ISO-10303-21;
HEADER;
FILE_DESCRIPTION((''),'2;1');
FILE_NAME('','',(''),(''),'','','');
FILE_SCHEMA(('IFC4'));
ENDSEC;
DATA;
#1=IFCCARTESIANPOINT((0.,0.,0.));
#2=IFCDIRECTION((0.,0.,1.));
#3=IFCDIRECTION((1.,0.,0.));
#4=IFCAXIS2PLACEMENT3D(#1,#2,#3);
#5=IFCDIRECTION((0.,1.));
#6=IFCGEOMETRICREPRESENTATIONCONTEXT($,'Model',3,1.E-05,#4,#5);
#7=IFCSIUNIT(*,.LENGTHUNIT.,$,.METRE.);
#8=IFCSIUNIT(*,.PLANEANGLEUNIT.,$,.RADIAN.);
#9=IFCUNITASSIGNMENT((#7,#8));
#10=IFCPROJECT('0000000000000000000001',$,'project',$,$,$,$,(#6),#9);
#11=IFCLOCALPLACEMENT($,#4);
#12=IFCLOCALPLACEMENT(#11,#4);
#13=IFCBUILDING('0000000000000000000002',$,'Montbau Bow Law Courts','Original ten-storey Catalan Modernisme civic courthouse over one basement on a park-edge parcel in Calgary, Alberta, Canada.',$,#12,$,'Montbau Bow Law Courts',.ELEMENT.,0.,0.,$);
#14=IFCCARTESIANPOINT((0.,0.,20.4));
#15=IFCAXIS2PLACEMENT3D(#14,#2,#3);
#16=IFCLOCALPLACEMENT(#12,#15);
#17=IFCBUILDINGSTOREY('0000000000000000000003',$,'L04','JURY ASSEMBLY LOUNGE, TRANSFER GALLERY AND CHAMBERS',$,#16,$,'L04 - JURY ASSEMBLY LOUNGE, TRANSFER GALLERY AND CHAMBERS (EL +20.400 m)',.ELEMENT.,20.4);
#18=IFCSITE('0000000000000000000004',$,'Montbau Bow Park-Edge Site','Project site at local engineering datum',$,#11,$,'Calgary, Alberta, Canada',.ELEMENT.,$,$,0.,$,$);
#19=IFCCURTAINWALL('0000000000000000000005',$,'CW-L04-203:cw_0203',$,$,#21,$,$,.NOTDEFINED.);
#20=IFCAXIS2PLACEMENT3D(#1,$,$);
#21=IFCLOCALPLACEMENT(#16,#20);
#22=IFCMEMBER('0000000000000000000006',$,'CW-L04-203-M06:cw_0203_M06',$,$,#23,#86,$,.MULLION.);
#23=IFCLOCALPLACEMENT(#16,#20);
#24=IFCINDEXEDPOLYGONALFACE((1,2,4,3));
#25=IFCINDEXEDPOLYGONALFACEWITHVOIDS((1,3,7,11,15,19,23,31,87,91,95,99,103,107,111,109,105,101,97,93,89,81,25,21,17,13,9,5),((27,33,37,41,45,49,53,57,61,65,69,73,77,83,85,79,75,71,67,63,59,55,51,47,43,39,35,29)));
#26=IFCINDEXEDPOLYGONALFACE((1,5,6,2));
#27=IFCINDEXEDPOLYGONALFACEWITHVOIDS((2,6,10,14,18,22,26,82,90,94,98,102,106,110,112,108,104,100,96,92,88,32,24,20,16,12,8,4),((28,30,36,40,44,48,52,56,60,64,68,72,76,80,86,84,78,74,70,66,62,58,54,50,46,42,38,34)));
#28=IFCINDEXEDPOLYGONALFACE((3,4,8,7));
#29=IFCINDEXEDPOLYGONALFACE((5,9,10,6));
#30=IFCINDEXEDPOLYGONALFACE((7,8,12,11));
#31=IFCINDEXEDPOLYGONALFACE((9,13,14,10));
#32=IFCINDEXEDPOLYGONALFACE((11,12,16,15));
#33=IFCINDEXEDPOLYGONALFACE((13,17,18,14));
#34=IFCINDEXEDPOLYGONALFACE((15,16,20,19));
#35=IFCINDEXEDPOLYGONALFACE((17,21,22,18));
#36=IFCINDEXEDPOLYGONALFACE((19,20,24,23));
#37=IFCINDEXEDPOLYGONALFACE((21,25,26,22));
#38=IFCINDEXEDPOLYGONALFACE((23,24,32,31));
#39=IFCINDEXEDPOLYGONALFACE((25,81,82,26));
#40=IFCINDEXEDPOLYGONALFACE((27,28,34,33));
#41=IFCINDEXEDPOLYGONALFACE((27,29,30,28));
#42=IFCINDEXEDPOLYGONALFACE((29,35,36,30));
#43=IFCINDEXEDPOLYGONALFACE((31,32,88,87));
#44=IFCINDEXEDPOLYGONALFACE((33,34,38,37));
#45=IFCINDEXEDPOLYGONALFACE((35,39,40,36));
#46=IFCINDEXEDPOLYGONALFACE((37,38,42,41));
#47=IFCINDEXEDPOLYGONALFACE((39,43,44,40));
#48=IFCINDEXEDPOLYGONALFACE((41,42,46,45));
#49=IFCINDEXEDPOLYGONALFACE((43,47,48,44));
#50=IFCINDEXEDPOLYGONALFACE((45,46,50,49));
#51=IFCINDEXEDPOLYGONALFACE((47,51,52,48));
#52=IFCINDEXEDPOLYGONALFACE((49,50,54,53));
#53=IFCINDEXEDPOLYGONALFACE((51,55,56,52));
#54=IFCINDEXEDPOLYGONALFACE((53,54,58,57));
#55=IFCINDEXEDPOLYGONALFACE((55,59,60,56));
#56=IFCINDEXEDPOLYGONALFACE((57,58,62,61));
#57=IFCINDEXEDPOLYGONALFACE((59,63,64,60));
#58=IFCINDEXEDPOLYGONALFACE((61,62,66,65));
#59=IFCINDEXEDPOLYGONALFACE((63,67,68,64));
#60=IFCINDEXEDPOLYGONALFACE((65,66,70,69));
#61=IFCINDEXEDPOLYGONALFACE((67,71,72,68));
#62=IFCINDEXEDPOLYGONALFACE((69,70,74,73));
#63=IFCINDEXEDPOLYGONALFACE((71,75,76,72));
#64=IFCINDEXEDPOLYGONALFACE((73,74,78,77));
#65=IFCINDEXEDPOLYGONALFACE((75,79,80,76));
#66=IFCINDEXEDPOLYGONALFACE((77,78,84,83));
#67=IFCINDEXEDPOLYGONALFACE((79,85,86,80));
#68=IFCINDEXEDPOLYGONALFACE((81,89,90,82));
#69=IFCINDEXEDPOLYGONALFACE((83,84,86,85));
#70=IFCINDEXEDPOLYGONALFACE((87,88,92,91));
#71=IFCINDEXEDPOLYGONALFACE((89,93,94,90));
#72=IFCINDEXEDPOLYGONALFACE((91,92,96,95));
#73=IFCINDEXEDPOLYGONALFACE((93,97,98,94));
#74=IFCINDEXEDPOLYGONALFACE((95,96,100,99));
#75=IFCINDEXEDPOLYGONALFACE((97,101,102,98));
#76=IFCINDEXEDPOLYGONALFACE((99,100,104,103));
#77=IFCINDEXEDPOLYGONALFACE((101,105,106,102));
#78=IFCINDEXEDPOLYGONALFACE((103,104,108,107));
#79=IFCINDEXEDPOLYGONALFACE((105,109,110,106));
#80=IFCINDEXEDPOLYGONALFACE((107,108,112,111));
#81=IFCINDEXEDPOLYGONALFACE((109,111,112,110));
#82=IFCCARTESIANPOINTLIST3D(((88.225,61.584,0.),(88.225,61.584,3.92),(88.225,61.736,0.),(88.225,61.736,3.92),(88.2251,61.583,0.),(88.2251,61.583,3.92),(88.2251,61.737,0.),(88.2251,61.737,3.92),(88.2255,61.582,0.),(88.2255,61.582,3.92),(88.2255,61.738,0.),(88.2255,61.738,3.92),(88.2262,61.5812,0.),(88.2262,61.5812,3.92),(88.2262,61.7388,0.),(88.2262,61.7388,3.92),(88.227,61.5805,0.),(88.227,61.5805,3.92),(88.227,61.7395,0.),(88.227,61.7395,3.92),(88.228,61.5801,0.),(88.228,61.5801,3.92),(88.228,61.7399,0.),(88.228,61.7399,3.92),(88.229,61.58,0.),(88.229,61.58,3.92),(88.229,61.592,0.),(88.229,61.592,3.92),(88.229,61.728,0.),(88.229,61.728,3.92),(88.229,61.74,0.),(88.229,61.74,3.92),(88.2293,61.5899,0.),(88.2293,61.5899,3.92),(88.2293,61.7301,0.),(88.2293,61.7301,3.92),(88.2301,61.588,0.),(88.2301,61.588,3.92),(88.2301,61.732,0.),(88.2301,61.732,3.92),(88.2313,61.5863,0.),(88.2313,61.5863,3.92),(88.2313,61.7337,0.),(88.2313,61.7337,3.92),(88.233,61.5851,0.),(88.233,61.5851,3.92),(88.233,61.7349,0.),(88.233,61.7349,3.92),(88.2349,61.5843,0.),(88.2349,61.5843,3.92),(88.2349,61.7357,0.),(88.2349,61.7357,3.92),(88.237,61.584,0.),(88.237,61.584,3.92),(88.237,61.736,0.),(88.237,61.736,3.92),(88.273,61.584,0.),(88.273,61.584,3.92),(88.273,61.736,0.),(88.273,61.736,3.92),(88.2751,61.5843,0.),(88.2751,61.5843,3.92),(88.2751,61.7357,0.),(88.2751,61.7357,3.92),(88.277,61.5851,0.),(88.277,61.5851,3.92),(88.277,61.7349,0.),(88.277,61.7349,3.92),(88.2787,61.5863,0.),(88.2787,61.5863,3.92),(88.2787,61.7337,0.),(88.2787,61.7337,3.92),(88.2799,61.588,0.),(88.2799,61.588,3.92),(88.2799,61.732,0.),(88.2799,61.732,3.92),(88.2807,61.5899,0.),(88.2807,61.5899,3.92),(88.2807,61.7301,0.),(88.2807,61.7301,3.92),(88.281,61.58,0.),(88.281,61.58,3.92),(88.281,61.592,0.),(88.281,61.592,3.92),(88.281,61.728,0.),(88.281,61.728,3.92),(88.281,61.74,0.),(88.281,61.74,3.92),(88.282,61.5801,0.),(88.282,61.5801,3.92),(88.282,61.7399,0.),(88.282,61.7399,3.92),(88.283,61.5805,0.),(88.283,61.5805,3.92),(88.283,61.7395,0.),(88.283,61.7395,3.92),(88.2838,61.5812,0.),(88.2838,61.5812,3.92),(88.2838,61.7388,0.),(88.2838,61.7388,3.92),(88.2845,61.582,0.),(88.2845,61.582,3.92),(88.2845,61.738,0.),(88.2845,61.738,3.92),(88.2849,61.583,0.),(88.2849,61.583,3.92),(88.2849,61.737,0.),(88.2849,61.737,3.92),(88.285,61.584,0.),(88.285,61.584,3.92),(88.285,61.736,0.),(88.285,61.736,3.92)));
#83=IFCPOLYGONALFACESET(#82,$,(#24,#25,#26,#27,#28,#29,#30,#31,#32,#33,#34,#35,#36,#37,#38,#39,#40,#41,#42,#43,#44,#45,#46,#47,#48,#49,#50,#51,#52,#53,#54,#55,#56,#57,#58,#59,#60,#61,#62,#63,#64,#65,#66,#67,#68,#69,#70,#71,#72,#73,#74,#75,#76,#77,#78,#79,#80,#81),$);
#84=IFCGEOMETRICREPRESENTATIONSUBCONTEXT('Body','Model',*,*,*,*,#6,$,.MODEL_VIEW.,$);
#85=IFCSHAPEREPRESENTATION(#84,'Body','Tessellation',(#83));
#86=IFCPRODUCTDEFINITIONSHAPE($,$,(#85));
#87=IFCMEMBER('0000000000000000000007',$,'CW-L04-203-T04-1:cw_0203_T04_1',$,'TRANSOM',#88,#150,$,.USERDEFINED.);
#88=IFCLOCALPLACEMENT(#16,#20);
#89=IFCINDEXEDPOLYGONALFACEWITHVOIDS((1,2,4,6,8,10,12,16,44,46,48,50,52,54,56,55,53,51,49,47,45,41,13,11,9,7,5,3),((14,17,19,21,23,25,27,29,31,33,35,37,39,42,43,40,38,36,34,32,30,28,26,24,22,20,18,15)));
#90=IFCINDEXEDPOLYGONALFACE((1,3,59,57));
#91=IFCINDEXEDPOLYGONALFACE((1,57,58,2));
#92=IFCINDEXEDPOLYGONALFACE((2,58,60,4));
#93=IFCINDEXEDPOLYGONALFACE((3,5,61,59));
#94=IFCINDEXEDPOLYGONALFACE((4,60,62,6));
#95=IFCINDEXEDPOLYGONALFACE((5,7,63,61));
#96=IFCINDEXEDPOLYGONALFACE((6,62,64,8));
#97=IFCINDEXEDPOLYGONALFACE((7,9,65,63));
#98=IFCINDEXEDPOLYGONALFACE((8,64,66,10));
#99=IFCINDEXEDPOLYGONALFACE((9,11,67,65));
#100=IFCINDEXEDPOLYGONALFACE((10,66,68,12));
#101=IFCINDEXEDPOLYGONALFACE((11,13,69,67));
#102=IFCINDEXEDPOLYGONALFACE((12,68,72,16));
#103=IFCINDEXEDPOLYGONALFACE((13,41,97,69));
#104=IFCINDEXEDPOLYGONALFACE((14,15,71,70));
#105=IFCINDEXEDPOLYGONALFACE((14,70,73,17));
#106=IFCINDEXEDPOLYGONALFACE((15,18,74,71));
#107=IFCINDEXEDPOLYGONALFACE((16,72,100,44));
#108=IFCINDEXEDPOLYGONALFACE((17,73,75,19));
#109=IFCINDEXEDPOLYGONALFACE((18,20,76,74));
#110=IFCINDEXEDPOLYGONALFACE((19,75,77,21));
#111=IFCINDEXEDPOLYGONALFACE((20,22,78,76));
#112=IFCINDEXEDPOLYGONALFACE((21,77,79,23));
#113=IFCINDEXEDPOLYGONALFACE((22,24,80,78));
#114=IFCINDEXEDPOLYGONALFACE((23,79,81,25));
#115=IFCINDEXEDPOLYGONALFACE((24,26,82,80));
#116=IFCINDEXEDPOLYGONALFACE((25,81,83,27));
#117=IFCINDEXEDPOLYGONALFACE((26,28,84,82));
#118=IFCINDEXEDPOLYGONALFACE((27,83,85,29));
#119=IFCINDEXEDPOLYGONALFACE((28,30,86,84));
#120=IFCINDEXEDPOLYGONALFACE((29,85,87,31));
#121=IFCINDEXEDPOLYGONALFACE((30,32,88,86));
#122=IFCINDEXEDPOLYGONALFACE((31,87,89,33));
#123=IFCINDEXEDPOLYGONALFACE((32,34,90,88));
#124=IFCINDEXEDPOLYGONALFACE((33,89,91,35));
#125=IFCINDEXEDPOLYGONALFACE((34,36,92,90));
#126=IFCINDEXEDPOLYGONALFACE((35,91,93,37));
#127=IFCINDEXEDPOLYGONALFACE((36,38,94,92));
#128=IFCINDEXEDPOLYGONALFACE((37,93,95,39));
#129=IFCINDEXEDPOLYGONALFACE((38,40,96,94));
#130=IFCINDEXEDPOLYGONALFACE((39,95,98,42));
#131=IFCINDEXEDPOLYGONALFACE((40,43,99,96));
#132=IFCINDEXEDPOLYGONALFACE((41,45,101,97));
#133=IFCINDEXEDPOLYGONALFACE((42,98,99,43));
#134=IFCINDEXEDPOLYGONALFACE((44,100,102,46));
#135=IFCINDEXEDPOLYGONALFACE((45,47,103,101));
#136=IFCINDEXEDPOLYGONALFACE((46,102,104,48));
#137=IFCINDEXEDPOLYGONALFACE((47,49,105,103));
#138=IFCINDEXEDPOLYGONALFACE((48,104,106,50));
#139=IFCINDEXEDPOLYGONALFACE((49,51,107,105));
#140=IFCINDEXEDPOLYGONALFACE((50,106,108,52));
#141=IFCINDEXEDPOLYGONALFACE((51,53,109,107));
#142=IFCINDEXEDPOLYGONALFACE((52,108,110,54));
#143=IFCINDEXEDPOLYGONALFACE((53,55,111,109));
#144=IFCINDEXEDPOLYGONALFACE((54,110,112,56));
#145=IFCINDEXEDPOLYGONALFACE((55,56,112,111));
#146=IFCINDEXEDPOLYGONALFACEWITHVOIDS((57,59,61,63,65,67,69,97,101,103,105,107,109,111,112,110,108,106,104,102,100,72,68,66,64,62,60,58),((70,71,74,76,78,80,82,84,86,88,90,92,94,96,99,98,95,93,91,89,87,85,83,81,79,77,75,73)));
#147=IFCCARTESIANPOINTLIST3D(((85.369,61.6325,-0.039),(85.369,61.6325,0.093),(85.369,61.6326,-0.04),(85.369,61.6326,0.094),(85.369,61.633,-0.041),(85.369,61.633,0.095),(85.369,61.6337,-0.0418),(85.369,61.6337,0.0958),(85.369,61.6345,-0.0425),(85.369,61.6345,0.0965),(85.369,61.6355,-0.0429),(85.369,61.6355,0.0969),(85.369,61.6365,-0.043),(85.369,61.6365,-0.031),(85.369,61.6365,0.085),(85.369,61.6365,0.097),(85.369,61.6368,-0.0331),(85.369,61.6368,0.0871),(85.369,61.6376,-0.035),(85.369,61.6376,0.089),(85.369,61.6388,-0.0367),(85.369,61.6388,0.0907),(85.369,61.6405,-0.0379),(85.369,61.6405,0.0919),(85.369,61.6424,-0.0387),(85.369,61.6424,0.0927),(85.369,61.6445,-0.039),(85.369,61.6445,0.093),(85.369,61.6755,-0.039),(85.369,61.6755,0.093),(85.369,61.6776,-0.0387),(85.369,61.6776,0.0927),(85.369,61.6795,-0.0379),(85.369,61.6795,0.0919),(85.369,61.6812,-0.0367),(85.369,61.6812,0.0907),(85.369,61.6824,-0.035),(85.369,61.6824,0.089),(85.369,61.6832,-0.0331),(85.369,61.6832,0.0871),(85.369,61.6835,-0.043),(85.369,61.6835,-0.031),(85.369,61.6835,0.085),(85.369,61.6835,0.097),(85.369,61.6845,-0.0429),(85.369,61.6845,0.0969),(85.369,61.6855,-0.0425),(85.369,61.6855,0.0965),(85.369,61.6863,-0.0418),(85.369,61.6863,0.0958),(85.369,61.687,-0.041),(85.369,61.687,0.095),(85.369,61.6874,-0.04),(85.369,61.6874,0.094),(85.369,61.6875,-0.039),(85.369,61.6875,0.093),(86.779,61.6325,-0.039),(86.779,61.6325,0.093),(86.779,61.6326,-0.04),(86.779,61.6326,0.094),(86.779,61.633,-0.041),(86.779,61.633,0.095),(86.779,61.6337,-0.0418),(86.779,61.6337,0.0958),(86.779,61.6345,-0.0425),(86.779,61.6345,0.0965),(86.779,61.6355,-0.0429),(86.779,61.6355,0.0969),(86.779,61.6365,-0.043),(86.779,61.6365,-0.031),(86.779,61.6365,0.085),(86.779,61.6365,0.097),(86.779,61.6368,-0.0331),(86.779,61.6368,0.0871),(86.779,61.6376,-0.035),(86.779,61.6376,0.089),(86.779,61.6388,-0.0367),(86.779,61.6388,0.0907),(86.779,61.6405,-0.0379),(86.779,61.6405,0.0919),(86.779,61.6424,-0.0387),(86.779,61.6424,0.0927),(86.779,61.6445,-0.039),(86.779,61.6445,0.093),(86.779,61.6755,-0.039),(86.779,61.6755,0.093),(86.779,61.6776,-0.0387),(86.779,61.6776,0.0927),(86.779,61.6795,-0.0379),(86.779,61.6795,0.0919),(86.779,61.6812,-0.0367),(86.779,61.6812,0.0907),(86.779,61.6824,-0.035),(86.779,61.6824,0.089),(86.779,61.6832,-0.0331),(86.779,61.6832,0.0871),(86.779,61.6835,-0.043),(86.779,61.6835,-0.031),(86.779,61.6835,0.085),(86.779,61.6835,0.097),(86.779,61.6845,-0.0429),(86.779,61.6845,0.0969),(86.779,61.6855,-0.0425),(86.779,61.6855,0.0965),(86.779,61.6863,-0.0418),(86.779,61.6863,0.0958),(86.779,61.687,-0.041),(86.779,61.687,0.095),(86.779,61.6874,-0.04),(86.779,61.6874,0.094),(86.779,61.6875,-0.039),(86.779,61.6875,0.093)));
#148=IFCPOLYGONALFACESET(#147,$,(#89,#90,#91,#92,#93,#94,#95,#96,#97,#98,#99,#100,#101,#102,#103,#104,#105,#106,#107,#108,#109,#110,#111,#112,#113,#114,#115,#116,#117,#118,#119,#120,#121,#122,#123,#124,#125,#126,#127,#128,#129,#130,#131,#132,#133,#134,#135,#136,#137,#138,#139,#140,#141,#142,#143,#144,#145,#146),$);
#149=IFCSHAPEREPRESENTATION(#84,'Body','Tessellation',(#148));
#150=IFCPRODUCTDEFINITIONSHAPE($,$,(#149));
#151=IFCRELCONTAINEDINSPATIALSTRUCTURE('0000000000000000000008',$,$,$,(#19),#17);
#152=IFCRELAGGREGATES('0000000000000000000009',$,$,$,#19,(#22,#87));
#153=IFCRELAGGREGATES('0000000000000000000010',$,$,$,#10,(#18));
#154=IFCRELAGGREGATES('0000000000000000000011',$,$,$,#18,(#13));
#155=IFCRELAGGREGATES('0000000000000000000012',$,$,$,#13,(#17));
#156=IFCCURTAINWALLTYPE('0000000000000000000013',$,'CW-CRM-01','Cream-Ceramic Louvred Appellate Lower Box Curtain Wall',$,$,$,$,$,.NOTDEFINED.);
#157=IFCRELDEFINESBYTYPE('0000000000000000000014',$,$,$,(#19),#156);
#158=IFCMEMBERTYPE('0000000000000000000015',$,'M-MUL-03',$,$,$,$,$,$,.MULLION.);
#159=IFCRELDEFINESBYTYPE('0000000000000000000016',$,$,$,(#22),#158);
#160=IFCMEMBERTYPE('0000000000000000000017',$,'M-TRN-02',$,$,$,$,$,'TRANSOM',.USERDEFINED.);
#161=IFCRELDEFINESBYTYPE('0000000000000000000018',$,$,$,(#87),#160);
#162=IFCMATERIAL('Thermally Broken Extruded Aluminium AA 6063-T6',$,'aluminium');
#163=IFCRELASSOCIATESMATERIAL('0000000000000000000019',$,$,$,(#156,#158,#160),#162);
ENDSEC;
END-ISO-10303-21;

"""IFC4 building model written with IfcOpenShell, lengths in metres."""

from ifc_helpers import new_model, si_unit, direction, frame, origin_with_axes, origin_2d_with_axis, place, context, subcontext, project, spatial, hollow_rectangle, extrude, material, material_profile, profile_set, type_object, element, aggregate, save


model = new_model("IFC4")

# Units and contexts
model_context = context("Model", 3, precision=1e-05, world=origin_with_axes(), true_north=direction((0.0, 1.0)))
body_context = subcontext(model_context, "Body", "Model", "MODEL_VIEW")
ifc_project = project(units=[si_unit("LENGTHUNIT", "METRE"), si_unit("PLANEANGLEUNIT", "RADIAN")], contexts=[model_context])

# Site, building, storey
site_placement = place(None, origin_with_axes())
site = spatial("IfcSite", under=ifc_project, at=site_placement, Name="Montbau Bow Park-Edge Site", Description="Project site at local engineering datum", LongName="Calgary, Alberta, Canada", CompositionType="ELEMENT", RefElevation=0.0)
building_placement = place(site_placement, origin_with_axes())
building = spatial("IfcBuilding", under=site, at=building_placement, Name="Montbau Bow Law Courts", Description="Original ten-storey Catalan Modernisme civic courthouse over one basement on a park-edge parcel in Calgary, Alberta, Canada.", LongName="Montbau Bow Law Courts", CompositionType="ELEMENT", ElevationOfRefHeight=0.0, ElevationOfTerrain=0.0)
storey_placement = place(building_placement, frame((0.0, 0.0, 20.4), z_axis=(0.0, 0.0, 1.0), x_axis=(1.0, 0.0, 0.0)))
storey = spatial("IfcBuildingStorey", under=building, at=storey_placement, Name="L04", Description="JURY ASSEMBLY LOUNGE, TRANSFER GALLERY AND CHAMBERS", LongName="L04 - JURY ASSEMBLY LOUNGE, TRANSFER GALLERY AND CHAMBERS (EL +20.400 m)", CompositionType="ELEMENT", Elevation=20.4)

# Shared definitions
ifc_material_1 = material(Name="Thermally Broken Extruded Aluminium AA 6063-T6", Category="aluminium")
curtain_wall_type = type_object("IfcCurtainWallType", Name="CW-CRM-01", Description="Cream-Ceramic Louvred Appellate Lower Box Curtain Wall", PredefinedType="NOTDEFINED", material=ifc_material_1)

# Curtain wall, members
curtain_wall_1_placement = place(None, frame((80.915, 61.66, 20.4), z_axis=(0.0, 0.0, 1.0), x_axis=(1.0, 0.0, 0.0)))
curtain_wall_1 = element("IfcCurtainWall", 1, at=curtain_wall_1_placement, inside=storey, type_object=curtain_wall_type, Name="CW-L04-203:cw_0203", PredefinedType="NOTDEFINED")
ifc_material_profile_1 = material_profile(ifc_material_1, hollow_rectangle(XDim=0.06, YDim=0.16, WallThickness=0.004, InnerFilletRadius=0.008, OuterFilletRadius=0.004, at=origin_2d_with_axis()), Name="CWM-160X60", Category="Main", Priority=0)
ifc_profile_set_1 = profile_set([ifc_material_profile_1], Name="Thermally Broken Extruded Aluminium AA 6063-T6")
member_type_1 = type_object("IfcMemberType", Name="M-MUL-03", PredefinedType="MULLION", material=ifc_profile_set_1)
member_1_placement = place(None, frame((88.255, 61.66, 20.4), z_axis=(0.0, 0.0, 1.0), x_axis=(1.0, 0.0, 0.0)))
member_1 = element("IfcMember", 2, at=member_1_placement, type_object=member_type_1, Name="CW-L04-203-M06:cw_0203_M06", PredefinedType="MULLION", context=body_context, shape_type="SweptSolid", body=[
    extrude(hollow_rectangle(XDim=0.06, YDim=0.16, WallThickness=0.004, InnerFilletRadius=0.008, OuterFilletRadius=0.004, at=origin_2d_with_axis()), origin_with_axes(), (0.0, 0.0, 1.0), 3.92),
])
ifc_material_profile_2 = material_profile(ifc_material_1, hollow_rectangle(XDim=0.055, YDim=0.14, WallThickness=0.004, InnerFilletRadius=0.008, OuterFilletRadius=0.004, at=origin_2d_with_axis()), Name="CWT-140X55", Category="Main", Priority=0)
ifc_profile_set_2 = profile_set([ifc_material_profile_2], Name="Thermally Broken Extruded Aluminium AA 6063-T6")
member_type_2 = type_object("IfcMemberType", Name="M-TRN-02", ElementType="TRANSOM", PredefinedType="USERDEFINED", material=ifc_profile_set_2)
member_2_placement = place(None, frame((85.369, 61.66, 20.427), z_axis=(1.0, 0.0, 0.0), x_axis=(0.0, 1.0, 0.0)))
member_2 = element("IfcMember", 3, at=member_2_placement, type_object=member_type_2, Name="CW-L04-203-T04-1:cw_0203_T04_1", ObjectType="TRANSOM", PredefinedType="USERDEFINED", context=body_context, shape_type="SweptSolid", body=[
    extrude(hollow_rectangle(XDim=0.055, YDim=0.14, WallThickness=0.004, InnerFilletRadius=0.008, OuterFilletRadius=0.004, at=origin_2d_with_axis()), origin_with_axes(), (0.0, 0.0, 1.0), 1.41),
])

aggregate(curtain_wall_1, [member_1, member_2])

save(model, "model.ifc")
